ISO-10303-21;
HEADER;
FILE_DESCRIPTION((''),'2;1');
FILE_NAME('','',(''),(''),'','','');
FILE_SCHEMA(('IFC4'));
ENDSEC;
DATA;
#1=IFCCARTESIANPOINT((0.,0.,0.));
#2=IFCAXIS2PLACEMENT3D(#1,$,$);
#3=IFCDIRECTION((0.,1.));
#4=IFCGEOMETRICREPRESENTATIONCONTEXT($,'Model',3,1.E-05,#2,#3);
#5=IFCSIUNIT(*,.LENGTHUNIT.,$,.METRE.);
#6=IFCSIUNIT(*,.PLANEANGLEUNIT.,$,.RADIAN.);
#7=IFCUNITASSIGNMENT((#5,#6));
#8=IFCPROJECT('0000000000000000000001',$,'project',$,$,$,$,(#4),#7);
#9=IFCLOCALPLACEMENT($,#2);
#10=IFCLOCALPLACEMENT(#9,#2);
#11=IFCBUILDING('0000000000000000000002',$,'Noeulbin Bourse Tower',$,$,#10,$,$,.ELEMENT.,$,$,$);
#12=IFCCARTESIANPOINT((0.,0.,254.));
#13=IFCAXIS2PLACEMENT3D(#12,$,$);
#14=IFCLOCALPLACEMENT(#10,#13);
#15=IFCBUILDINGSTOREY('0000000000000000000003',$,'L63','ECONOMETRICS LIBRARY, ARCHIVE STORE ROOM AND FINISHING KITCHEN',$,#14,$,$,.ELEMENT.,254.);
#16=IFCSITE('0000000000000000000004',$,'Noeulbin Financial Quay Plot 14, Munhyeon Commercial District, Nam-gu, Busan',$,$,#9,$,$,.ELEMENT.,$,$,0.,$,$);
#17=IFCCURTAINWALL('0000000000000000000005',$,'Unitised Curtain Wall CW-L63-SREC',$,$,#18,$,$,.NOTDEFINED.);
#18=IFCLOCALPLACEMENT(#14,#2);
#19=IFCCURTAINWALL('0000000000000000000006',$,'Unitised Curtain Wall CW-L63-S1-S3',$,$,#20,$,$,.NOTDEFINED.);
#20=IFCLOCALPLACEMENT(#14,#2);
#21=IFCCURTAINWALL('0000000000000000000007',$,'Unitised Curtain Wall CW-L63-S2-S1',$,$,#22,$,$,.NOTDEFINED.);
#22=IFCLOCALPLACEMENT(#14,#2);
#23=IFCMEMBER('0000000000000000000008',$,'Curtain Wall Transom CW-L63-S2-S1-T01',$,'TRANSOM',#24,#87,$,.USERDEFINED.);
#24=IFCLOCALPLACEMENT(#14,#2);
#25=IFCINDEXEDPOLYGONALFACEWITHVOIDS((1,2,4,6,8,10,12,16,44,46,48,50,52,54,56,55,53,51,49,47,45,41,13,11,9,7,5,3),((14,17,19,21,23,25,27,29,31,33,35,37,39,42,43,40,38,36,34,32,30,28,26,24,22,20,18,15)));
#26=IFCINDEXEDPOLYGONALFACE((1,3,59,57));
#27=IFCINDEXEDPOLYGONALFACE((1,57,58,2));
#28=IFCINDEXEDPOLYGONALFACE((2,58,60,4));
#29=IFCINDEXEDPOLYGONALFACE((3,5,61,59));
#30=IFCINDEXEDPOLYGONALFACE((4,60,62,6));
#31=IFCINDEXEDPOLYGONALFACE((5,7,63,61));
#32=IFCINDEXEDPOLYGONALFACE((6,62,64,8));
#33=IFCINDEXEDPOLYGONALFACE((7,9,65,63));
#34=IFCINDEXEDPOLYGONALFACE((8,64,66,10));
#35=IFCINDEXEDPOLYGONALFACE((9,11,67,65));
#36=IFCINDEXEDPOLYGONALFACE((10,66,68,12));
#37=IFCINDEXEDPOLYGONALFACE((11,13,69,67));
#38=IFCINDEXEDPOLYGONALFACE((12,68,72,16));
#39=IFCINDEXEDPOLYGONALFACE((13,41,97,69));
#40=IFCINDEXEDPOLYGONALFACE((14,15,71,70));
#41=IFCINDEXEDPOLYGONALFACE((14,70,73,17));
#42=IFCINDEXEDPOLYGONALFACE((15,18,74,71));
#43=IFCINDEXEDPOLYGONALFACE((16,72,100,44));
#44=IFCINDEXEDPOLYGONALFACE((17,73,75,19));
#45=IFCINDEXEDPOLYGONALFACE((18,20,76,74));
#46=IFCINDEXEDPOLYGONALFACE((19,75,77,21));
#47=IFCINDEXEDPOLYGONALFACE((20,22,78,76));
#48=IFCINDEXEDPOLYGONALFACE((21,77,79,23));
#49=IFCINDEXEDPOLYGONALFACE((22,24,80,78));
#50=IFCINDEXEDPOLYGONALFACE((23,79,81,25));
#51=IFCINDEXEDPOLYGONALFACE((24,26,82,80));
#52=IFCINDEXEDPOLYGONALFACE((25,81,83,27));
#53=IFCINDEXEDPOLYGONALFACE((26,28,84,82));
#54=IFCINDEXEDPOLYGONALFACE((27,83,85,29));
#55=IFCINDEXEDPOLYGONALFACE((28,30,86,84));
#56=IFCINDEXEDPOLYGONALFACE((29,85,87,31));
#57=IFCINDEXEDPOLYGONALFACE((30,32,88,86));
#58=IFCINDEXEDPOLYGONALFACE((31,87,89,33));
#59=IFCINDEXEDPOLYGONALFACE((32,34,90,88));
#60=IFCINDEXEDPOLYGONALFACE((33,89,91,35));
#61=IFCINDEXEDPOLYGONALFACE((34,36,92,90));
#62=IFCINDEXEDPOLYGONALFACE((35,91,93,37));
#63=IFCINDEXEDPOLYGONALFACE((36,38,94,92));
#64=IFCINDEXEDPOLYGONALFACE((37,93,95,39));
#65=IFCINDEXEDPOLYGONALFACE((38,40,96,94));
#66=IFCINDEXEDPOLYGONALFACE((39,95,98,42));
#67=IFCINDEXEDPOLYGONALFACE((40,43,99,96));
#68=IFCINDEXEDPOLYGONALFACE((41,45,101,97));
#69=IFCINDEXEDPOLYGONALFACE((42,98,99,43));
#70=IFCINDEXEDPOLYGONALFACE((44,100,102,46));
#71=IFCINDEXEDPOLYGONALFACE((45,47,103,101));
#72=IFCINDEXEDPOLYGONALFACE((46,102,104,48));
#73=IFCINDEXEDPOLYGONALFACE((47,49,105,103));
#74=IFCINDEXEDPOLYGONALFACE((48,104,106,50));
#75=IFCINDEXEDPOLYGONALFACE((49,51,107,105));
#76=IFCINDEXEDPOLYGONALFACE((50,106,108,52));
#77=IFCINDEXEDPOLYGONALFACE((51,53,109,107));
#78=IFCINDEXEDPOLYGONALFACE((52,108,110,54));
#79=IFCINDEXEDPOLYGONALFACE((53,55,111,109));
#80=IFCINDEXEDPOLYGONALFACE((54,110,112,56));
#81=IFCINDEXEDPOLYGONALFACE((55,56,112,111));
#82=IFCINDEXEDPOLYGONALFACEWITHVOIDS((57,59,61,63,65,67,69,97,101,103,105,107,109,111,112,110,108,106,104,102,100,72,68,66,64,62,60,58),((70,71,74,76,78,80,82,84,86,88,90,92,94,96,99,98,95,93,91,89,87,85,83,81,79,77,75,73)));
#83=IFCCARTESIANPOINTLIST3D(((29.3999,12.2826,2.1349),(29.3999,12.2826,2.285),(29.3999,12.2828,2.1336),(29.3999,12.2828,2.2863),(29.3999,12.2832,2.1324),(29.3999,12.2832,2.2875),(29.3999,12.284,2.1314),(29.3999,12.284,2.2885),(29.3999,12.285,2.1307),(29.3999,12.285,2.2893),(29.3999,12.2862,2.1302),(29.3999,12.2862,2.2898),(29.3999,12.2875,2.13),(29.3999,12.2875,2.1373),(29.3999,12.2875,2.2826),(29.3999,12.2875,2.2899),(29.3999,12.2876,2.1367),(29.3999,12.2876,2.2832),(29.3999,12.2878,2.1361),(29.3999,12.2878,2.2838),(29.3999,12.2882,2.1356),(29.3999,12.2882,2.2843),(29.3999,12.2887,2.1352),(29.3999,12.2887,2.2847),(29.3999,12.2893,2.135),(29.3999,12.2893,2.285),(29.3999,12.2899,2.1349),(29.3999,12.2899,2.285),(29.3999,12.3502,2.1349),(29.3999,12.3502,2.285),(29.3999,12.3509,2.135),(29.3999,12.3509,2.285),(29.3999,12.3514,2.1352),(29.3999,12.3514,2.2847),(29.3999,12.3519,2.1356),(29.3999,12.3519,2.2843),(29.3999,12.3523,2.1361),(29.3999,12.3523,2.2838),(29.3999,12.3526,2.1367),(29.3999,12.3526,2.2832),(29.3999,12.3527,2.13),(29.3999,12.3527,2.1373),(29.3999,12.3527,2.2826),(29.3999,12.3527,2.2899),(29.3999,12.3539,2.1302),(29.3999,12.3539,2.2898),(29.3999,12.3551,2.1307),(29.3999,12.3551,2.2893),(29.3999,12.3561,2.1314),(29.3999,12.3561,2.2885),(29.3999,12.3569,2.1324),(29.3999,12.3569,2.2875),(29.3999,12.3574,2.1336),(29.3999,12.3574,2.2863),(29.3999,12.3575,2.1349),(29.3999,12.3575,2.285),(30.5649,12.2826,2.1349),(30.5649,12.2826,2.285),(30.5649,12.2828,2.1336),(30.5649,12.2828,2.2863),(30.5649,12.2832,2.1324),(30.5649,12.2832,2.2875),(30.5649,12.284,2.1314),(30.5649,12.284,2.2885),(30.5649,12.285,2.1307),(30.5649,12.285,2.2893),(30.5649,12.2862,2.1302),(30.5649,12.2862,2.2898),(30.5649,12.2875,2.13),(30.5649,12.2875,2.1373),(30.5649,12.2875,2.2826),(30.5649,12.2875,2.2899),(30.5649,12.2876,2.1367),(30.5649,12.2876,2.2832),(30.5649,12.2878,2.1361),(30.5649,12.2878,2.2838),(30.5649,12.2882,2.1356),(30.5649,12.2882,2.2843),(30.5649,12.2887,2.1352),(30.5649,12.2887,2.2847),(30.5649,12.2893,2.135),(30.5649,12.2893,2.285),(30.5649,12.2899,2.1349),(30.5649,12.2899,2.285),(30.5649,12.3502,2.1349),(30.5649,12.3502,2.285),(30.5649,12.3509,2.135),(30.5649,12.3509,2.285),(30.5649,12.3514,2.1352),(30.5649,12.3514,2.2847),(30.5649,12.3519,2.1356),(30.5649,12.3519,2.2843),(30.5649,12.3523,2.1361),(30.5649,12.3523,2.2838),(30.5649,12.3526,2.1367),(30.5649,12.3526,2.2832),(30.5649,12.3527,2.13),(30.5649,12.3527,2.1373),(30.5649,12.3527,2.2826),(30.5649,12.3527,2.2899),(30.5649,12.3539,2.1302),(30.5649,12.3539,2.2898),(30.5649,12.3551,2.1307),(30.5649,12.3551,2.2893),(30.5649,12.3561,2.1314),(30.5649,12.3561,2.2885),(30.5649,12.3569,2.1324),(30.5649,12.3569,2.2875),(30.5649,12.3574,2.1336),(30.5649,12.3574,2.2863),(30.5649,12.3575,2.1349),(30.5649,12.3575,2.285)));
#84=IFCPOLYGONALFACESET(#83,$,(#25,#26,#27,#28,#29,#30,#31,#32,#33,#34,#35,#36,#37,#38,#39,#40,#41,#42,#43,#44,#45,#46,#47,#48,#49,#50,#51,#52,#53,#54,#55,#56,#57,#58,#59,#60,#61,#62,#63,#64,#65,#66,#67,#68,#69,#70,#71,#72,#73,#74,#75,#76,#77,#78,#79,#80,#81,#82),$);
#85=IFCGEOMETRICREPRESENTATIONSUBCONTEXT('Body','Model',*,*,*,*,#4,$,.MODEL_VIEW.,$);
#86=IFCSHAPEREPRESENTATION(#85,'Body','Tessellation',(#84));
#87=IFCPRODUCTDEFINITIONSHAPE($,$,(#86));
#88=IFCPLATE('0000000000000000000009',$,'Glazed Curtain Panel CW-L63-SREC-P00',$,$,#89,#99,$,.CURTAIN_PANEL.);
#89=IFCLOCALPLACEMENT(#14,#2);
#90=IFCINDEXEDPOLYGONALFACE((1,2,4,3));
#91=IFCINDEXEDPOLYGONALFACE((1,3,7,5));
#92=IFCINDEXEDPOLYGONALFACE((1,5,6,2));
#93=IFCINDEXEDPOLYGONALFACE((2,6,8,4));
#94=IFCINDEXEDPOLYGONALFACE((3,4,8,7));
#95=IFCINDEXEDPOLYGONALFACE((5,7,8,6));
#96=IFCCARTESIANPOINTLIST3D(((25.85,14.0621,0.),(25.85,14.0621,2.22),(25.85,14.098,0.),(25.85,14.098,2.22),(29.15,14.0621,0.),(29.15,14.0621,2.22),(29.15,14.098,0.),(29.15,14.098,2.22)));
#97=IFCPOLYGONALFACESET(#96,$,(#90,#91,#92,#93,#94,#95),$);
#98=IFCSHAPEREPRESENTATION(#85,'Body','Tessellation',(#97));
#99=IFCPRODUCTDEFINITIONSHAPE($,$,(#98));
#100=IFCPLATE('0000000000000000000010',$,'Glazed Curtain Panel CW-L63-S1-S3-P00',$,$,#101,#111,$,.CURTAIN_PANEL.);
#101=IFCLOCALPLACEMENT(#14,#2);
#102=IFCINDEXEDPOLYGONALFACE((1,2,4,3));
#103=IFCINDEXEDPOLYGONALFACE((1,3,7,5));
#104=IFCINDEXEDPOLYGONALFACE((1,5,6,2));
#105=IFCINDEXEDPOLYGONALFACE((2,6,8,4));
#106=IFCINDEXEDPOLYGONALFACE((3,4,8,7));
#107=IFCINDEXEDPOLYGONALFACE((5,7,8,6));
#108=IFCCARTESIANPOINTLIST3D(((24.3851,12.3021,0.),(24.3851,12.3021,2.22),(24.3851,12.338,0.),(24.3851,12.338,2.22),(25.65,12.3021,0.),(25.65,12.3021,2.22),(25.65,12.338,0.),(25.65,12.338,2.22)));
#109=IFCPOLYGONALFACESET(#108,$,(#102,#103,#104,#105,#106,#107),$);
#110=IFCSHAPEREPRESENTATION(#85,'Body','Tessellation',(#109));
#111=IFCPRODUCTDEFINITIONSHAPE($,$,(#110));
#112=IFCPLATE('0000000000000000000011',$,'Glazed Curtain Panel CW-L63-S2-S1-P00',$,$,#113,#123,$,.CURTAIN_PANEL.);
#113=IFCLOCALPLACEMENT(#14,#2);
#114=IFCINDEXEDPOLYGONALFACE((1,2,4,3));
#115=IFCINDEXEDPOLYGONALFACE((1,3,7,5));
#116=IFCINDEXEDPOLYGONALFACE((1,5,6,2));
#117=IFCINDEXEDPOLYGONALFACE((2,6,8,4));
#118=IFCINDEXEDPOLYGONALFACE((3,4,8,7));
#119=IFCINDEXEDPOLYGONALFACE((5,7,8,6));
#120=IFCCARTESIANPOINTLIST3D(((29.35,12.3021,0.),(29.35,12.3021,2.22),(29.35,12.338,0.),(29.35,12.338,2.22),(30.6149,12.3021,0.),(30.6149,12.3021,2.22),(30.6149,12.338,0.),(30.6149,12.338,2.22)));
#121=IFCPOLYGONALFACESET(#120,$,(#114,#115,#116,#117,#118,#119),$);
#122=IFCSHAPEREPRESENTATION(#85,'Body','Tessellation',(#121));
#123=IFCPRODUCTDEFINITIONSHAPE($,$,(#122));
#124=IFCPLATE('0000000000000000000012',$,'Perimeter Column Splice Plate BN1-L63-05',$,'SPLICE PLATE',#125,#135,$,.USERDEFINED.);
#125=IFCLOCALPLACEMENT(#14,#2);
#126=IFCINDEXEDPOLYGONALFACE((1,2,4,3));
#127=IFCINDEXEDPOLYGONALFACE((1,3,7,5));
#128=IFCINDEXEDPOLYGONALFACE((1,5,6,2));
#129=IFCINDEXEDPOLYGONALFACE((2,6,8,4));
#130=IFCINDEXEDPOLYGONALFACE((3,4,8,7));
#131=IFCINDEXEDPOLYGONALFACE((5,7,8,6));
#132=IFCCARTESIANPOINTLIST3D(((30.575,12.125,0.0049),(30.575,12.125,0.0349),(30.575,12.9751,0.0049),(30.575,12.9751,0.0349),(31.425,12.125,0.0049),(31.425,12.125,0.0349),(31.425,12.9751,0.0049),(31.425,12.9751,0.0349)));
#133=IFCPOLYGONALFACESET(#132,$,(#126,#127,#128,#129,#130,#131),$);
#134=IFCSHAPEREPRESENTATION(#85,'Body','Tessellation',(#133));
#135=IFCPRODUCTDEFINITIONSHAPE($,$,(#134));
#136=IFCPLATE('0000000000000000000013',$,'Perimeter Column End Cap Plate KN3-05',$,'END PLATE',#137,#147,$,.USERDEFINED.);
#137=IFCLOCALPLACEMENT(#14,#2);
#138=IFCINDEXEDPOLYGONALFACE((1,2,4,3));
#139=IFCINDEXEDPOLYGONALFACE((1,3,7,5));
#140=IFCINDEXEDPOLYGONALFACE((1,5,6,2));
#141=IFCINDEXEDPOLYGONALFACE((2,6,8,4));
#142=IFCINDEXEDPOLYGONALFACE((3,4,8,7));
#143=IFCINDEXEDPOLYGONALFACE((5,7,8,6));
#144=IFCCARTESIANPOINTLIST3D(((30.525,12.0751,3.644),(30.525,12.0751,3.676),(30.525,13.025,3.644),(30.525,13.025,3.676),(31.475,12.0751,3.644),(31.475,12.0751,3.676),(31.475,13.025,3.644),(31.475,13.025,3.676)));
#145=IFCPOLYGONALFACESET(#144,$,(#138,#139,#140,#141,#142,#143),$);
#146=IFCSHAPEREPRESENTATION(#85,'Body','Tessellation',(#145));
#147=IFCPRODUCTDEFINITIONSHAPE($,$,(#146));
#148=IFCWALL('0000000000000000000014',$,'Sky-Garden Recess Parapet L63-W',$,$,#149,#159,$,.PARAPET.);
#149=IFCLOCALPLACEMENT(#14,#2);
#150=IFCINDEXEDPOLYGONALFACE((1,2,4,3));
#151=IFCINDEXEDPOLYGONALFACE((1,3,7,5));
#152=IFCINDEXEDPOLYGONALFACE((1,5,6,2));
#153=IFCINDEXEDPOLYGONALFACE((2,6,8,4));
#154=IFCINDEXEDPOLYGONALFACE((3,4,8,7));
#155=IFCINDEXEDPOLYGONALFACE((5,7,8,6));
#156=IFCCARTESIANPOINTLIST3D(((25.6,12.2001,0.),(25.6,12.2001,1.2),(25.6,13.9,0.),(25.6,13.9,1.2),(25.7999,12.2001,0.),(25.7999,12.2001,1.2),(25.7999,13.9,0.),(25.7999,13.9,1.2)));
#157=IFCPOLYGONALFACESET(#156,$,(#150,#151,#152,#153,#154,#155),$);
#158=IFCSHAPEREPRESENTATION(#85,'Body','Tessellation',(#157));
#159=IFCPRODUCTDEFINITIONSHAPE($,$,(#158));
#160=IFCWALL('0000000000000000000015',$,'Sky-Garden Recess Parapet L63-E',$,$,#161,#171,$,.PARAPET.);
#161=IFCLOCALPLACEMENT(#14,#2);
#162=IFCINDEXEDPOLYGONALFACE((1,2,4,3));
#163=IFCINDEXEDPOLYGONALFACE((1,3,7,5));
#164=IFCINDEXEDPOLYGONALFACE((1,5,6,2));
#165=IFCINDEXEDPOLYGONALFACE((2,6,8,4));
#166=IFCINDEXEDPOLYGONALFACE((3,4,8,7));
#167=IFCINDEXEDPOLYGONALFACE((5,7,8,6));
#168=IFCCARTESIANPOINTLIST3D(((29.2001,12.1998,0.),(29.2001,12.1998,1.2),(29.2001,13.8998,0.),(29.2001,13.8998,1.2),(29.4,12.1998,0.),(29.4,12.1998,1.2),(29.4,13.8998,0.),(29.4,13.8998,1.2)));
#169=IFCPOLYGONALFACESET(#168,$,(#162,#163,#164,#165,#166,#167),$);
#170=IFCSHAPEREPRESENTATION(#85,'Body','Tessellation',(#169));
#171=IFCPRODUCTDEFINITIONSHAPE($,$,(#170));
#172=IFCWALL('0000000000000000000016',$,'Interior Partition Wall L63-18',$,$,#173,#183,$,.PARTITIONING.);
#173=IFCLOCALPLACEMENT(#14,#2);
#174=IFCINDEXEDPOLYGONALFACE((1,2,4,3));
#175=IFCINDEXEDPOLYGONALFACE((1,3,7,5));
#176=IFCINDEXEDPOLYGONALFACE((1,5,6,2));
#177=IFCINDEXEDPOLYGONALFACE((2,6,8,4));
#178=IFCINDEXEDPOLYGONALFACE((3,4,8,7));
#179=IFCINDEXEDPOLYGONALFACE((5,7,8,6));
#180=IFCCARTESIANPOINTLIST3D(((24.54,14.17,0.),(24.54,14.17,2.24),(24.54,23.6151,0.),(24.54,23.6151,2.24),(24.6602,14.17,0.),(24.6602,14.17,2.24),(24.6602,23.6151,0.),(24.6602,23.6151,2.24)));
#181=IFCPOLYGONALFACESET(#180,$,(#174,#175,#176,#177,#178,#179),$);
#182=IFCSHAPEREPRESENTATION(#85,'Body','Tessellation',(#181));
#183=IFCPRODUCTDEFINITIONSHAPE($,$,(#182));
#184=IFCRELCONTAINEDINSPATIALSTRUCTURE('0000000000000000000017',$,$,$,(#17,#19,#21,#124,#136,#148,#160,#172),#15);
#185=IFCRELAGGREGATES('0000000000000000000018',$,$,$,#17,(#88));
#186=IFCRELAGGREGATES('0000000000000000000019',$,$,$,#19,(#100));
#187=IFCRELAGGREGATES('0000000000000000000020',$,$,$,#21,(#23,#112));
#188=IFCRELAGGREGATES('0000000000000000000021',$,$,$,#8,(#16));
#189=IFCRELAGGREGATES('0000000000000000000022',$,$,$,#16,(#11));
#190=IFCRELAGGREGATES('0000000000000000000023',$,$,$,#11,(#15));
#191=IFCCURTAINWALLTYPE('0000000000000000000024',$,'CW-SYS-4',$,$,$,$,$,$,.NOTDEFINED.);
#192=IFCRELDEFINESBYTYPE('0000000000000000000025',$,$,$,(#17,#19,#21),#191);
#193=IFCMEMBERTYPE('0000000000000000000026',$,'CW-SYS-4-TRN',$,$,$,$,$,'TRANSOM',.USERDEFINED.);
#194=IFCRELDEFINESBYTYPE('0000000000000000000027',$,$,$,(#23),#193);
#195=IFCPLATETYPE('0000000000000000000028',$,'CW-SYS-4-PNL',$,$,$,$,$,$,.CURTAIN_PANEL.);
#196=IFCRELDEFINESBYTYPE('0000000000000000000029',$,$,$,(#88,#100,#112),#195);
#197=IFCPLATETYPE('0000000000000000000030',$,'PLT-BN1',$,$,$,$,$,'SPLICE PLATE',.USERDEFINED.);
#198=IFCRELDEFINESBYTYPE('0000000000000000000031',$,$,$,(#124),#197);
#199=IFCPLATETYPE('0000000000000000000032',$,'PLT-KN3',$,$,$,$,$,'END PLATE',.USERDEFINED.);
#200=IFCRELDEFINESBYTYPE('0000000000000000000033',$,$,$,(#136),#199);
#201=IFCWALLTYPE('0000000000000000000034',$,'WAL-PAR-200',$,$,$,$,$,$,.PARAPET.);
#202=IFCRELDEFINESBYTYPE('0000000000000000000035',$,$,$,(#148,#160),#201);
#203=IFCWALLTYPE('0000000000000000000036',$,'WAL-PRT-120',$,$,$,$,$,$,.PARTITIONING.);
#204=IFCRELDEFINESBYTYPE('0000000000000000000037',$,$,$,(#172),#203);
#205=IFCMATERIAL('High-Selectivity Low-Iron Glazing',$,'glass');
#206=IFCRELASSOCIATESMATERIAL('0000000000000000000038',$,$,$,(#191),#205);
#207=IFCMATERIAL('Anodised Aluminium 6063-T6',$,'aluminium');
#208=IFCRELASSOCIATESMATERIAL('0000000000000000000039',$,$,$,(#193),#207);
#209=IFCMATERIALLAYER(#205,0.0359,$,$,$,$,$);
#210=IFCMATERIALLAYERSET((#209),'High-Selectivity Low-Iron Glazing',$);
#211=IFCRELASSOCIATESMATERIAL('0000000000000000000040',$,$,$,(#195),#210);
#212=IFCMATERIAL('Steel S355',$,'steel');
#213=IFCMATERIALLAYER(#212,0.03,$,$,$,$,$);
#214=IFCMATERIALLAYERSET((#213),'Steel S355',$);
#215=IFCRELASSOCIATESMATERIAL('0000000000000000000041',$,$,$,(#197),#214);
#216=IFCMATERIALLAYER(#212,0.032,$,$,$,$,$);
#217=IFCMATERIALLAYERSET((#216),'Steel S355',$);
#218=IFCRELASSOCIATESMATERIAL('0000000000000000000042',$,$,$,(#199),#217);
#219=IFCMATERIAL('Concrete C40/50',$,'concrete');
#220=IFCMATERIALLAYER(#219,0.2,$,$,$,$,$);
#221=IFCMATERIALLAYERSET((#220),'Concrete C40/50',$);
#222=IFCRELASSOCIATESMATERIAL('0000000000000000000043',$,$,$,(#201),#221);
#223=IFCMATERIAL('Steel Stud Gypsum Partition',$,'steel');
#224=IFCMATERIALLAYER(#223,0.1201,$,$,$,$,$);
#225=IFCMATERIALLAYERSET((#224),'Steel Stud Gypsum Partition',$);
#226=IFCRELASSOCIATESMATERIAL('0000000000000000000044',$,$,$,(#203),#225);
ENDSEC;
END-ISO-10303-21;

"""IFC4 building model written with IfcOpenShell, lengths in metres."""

from ifc_helpers import new_model, si_unit, direction, frame, frame_2d, origin, origin_2d, place, context, subcontext, project, spatial, rectangle, hollow_rectangle, extrude, material, layer, layer_set, material_profile, profile_set, type_object, element, aggregate, save


model = new_model("IFC4")

# Units and contexts
model_context = context("Model", 3, precision=1e-05, world=origin(), true_north=direction((0.0, 1.0)))
body_context = subcontext(model_context, "Body", "Model", "MODEL_VIEW")
ifc_project = project(units=[si_unit("LENGTHUNIT", "METRE"), si_unit("PLANEANGLEUNIT", "RADIAN")], contexts=[model_context])

# Site, building, storey
site_placement = place(None, origin())
site = spatial("IfcSite", under=ifc_project, at=site_placement, Name="Noeulbin Financial Quay Plot 14, Munhyeon Commercial District, Nam-gu, Busan", CompositionType="ELEMENT", RefElevation=0.0)
building_placement = place(site_placement, origin())
building = spatial("IfcBuilding", under=site, at=building_placement, Name="Noeulbin Bourse Tower", CompositionType="ELEMENT")
storey_placement = place(building_placement, frame((0.0, 0.0, 254.0)))
storey = spatial("IfcBuildingStorey", under=building, at=storey_placement, Name="L63", Description="ECONOMETRICS LIBRARY, ARCHIVE STORE ROOM AND FINISHING KITCHEN", CompositionType="ELEMENT", Elevation=254.0)

# Shared definitions
ifc_material_1 = material(Name="Steel S355", Category="steel")

# Curtain walls
ifc_material_2 = material(Name="High-Selectivity Low-Iron Glazing", Category="glass")
curtain_wall_type = type_object("IfcCurtainWallType", Name="CW-SYS-4", PredefinedType="NOTDEFINED", material=ifc_material_2)
curtain_wall_1_placement = place(storey_placement, origin())
curtain_wall_1 = element("IfcCurtainWall", 1, at=curtain_wall_1_placement, inside=storey, type_object=curtain_wall_type, Name="Unitised Curtain Wall CW-L63-SREC", PredefinedType="NOTDEFINED")
ifc_material_3 = material(Name="Anodised Aluminium 6063-T6", Category="aluminium")
curtain_wall_2_placement = place(storey_placement, origin())
curtain_wall_2 = element("IfcCurtainWall", 2, at=curtain_wall_2_placement, inside=storey, type_object=curtain_wall_type, Name="Unitised Curtain Wall CW-L63-S1-S3", PredefinedType="NOTDEFINED")
curtain_wall_3_placement = place(storey_placement, origin())
curtain_wall_3 = element("IfcCurtainWall", 3, at=curtain_wall_3_placement, inside=storey, type_object=curtain_wall_type, Name="Unitised Curtain Wall CW-L63-S2-S1", PredefinedType="NOTDEFINED")

# Member
ifc_material_profile_1 = material_profile(ifc_material_3, hollow_rectangle(XDim=0.075, YDim=0.1599, WallThickness=0.0049, InnerFilletRadius=0.0024, OuterFilletRadius=0.0049, at=origin_2d()), Name="ALU-TRAN-75x160x5", Category="LoadBearing")
ifc_profile_set_1 = profile_set([ifc_material_profile_1], Name="Anodised Aluminium 6063-T6")
member_type_1 = type_object("IfcMemberType", Name="CW-SYS-4-TRN", ElementType="TRANSOM", PredefinedType="USERDEFINED", material=ifc_profile_set_1)
member_1_placement = place(storey_placement, frame((29.3999, 12.3201, 2.21), z_axis=(1.0, 0.0, 0.0), x_axis=(0.0, 1.0, 0.0)))
member_1 = element("IfcMember", 4, at=member_1_placement, type_object=member_type_1, Name="Curtain Wall Transom CW-L63-S2-S1-T01", ObjectType="TRANSOM", PredefinedType="USERDEFINED", context=body_context, shape_type="SweptSolid", body=[
    extrude(hollow_rectangle(XDim=0.075, YDim=0.1599, WallThickness=0.0049, InnerFilletRadius=0.0024, OuterFilletRadius=0.0049, at=origin_2d()), origin(), (0.0, 0.0, 1.0), 1.165),
])

# Plates
ifc_layer_1 = layer(ifc_material_2, 0.0359)
ifc_layer_set_1 = layer_set([ifc_layer_1], Name="High-Selectivity Low-Iron Glazing")
plate_type_1 = type_object("IfcPlateType", Name="CW-SYS-4-PNL", PredefinedType="CURTAIN_PANEL", material=ifc_layer_set_1)
plate_1_placement = place(storey_placement, frame((27.5, 14.0801, 0.0), z_axis=(0.0, 0.0, 1.0), x_axis=(1.0, 0.0, 0.0)))
plate_1 = element("IfcPlate", 5, at=plate_1_placement, type_object=plate_type_1, Name="Glazed Curtain Panel CW-L63-SREC-P00", PredefinedType="CURTAIN_PANEL", context=body_context, shape_type="SweptSolid", body=[
    extrude(rectangle(XDim=3.3, YDim=0.0359, at=origin_2d()), origin(), (0.0, 0.0, 1.0), 2.22),
])
aggregate(curtain_wall_1, [plate_1])
plate_2_placement = place(storey_placement, frame((25.0176, 12.3201, 0.0), z_axis=(0.0, 0.0, 1.0), x_axis=(1.0, 0.0, 0.0)))
plate_2 = element("IfcPlate", 6, at=plate_2_placement, type_object=plate_type_1, Name="Glazed Curtain Panel CW-L63-S1-S3-P00", PredefinedType="CURTAIN_PANEL", context=body_context, shape_type="SweptSolid", body=[
    extrude(rectangle(XDim=1.2649, YDim=0.0359, at=origin_2d()), origin(), (0.0, 0.0, 1.0), 2.22),
])
aggregate(curtain_wall_2, [plate_2])
plate_3_placement = place(storey_placement, frame((29.9824, 12.3201, 0.0), z_axis=(0.0, 0.0, 1.0), x_axis=(1.0, 0.0, 0.0)))
plate_3 = element("IfcPlate", 7, at=plate_3_placement, type_object=plate_type_1, Name="Glazed Curtain Panel CW-L63-S2-S1-P00", PredefinedType="CURTAIN_PANEL", context=body_context, shape_type="SweptSolid", body=[
    extrude(rectangle(XDim=1.2649, YDim=0.0359, at=origin_2d()), origin(), (0.0, 0.0, 1.0), 2.22),
])
aggregate(curtain_wall_3, [member_1, plate_3])

# Plates
ifc_layer_2 = layer(ifc_material_1, 0.03)
ifc_layer_set_2 = layer_set([ifc_layer_2], Name="Steel S355")
plate_type_2 = type_object("IfcPlateType", Name="PLT-BN1", ElementType="SPLICE PLATE", PredefinedType="USERDEFINED", material=ifc_layer_set_2)
plate_4_placement = place(storey_placement, frame((31.0, 12.55, 0.0049), z_axis=(0.0, 0.0, 1.0), x_axis=(1.0, 0.0, 0.0)))
element("IfcPlate", 8, at=plate_4_placement, inside=storey, type_object=plate_type_2, Name="Perimeter Column Splice Plate BN1-L63-05", ObjectType="SPLICE PLATE", PredefinedType="USERDEFINED", context=body_context, shape_type="SweptSolid", body=[
    extrude(rectangle(XDim=0.8501, YDim=0.8501, at=origin_2d()), origin(), (0.0, 0.0, 1.0), 0.03),
])
ifc_layer_3 = layer(ifc_material_1, 0.032)
ifc_layer_set_3 = layer_set([ifc_layer_3], Name="Steel S355")
plate_type_3 = type_object("IfcPlateType", Name="PLT-KN3", ElementType="END PLATE", PredefinedType="USERDEFINED", material=ifc_layer_set_3)
plate_5_placement = place(storey_placement, frame((31.0, 12.55, 3.644), z_axis=(0.0, 0.0, 1.0), x_axis=(1.0, 0.0, 0.0)))
element("IfcPlate", 9, at=plate_5_placement, inside=storey, type_object=plate_type_3, Name="Perimeter Column End Cap Plate KN3-05", ObjectType="END PLATE", PredefinedType="USERDEFINED", context=body_context, shape_type="SweptSolid", body=[
    extrude(rectangle(XDim=0.95, YDim=0.95, at=origin_2d()), origin(), (0.0, 0.0, 1.0), 0.032),
])

# Walls
ifc_material_4 = material(Name="Concrete C40/50", Category="concrete")
ifc_layer_4 = layer(ifc_material_4, 0.2)
ifc_layer_set_4 = layer_set([ifc_layer_4], Name="Concrete C40/50")
wall_type_1 = type_object("IfcWallType", Name="WAL-PAR-200", PredefinedType="PARAPET", material=ifc_layer_set_4)
for number, where, z_axis, x_axis, name in (
    (10, (25.7, 12.2, 0.0), (0.0, 0.0, 1.0), (0.0, 1.0, 0.0), "Sky-Garden Recess Parapet L63-W"),
    (11, (29.3, 13.8999, 0.0), (0.0, 0.0, 1.0), (0.0, -1.0, 0.0), "Sky-Garden Recess Parapet L63-E"),
):
    element("IfcWall", number, at=place(storey_placement, frame(where, z_axis=z_axis, x_axis=x_axis)), inside=storey, type_object=wall_type_1, Name=name, PredefinedType="PARAPET", context=body_context, shape_type="SweptSolid", body=[
        extrude(rectangle(XDim=1.7, YDim=0.2, at=frame_2d((0.8501, 0.0))), origin(), (0.0, 0.0, 1.0), 1.2),
    ])
ifc_material_5 = material(Name="Steel Stud Gypsum Partition", Category="steel")
ifc_layer_5 = layer(ifc_material_5, 0.1201)
ifc_layer_set_5 = layer_set([ifc_layer_5], Name="Steel Stud Gypsum Partition")
wall_type_2 = type_object("IfcWallType", Name="WAL-PRT-120", PredefinedType="PARTITIONING", material=ifc_layer_set_5)
wall_placement = place(storey_placement, frame((24.6001, 14.1699, 0.0), z_axis=(0.0, 0.0, 1.0), x_axis=(0.0, 1.0, 0.0)))
element("IfcWall", 12, at=wall_placement, inside=storey, type_object=wall_type_2, Name="Interior Partition Wall L63-18", PredefinedType="PARTITIONING", context=body_context, shape_type="SweptSolid", body=[
    extrude(rectangle(XDim=9.4451, YDim=0.1201, at=frame_2d((4.7227, 0.0))), origin(), (0.0, 0.0, 1.0), 2.24),
])

save(model, "model.ifc")
